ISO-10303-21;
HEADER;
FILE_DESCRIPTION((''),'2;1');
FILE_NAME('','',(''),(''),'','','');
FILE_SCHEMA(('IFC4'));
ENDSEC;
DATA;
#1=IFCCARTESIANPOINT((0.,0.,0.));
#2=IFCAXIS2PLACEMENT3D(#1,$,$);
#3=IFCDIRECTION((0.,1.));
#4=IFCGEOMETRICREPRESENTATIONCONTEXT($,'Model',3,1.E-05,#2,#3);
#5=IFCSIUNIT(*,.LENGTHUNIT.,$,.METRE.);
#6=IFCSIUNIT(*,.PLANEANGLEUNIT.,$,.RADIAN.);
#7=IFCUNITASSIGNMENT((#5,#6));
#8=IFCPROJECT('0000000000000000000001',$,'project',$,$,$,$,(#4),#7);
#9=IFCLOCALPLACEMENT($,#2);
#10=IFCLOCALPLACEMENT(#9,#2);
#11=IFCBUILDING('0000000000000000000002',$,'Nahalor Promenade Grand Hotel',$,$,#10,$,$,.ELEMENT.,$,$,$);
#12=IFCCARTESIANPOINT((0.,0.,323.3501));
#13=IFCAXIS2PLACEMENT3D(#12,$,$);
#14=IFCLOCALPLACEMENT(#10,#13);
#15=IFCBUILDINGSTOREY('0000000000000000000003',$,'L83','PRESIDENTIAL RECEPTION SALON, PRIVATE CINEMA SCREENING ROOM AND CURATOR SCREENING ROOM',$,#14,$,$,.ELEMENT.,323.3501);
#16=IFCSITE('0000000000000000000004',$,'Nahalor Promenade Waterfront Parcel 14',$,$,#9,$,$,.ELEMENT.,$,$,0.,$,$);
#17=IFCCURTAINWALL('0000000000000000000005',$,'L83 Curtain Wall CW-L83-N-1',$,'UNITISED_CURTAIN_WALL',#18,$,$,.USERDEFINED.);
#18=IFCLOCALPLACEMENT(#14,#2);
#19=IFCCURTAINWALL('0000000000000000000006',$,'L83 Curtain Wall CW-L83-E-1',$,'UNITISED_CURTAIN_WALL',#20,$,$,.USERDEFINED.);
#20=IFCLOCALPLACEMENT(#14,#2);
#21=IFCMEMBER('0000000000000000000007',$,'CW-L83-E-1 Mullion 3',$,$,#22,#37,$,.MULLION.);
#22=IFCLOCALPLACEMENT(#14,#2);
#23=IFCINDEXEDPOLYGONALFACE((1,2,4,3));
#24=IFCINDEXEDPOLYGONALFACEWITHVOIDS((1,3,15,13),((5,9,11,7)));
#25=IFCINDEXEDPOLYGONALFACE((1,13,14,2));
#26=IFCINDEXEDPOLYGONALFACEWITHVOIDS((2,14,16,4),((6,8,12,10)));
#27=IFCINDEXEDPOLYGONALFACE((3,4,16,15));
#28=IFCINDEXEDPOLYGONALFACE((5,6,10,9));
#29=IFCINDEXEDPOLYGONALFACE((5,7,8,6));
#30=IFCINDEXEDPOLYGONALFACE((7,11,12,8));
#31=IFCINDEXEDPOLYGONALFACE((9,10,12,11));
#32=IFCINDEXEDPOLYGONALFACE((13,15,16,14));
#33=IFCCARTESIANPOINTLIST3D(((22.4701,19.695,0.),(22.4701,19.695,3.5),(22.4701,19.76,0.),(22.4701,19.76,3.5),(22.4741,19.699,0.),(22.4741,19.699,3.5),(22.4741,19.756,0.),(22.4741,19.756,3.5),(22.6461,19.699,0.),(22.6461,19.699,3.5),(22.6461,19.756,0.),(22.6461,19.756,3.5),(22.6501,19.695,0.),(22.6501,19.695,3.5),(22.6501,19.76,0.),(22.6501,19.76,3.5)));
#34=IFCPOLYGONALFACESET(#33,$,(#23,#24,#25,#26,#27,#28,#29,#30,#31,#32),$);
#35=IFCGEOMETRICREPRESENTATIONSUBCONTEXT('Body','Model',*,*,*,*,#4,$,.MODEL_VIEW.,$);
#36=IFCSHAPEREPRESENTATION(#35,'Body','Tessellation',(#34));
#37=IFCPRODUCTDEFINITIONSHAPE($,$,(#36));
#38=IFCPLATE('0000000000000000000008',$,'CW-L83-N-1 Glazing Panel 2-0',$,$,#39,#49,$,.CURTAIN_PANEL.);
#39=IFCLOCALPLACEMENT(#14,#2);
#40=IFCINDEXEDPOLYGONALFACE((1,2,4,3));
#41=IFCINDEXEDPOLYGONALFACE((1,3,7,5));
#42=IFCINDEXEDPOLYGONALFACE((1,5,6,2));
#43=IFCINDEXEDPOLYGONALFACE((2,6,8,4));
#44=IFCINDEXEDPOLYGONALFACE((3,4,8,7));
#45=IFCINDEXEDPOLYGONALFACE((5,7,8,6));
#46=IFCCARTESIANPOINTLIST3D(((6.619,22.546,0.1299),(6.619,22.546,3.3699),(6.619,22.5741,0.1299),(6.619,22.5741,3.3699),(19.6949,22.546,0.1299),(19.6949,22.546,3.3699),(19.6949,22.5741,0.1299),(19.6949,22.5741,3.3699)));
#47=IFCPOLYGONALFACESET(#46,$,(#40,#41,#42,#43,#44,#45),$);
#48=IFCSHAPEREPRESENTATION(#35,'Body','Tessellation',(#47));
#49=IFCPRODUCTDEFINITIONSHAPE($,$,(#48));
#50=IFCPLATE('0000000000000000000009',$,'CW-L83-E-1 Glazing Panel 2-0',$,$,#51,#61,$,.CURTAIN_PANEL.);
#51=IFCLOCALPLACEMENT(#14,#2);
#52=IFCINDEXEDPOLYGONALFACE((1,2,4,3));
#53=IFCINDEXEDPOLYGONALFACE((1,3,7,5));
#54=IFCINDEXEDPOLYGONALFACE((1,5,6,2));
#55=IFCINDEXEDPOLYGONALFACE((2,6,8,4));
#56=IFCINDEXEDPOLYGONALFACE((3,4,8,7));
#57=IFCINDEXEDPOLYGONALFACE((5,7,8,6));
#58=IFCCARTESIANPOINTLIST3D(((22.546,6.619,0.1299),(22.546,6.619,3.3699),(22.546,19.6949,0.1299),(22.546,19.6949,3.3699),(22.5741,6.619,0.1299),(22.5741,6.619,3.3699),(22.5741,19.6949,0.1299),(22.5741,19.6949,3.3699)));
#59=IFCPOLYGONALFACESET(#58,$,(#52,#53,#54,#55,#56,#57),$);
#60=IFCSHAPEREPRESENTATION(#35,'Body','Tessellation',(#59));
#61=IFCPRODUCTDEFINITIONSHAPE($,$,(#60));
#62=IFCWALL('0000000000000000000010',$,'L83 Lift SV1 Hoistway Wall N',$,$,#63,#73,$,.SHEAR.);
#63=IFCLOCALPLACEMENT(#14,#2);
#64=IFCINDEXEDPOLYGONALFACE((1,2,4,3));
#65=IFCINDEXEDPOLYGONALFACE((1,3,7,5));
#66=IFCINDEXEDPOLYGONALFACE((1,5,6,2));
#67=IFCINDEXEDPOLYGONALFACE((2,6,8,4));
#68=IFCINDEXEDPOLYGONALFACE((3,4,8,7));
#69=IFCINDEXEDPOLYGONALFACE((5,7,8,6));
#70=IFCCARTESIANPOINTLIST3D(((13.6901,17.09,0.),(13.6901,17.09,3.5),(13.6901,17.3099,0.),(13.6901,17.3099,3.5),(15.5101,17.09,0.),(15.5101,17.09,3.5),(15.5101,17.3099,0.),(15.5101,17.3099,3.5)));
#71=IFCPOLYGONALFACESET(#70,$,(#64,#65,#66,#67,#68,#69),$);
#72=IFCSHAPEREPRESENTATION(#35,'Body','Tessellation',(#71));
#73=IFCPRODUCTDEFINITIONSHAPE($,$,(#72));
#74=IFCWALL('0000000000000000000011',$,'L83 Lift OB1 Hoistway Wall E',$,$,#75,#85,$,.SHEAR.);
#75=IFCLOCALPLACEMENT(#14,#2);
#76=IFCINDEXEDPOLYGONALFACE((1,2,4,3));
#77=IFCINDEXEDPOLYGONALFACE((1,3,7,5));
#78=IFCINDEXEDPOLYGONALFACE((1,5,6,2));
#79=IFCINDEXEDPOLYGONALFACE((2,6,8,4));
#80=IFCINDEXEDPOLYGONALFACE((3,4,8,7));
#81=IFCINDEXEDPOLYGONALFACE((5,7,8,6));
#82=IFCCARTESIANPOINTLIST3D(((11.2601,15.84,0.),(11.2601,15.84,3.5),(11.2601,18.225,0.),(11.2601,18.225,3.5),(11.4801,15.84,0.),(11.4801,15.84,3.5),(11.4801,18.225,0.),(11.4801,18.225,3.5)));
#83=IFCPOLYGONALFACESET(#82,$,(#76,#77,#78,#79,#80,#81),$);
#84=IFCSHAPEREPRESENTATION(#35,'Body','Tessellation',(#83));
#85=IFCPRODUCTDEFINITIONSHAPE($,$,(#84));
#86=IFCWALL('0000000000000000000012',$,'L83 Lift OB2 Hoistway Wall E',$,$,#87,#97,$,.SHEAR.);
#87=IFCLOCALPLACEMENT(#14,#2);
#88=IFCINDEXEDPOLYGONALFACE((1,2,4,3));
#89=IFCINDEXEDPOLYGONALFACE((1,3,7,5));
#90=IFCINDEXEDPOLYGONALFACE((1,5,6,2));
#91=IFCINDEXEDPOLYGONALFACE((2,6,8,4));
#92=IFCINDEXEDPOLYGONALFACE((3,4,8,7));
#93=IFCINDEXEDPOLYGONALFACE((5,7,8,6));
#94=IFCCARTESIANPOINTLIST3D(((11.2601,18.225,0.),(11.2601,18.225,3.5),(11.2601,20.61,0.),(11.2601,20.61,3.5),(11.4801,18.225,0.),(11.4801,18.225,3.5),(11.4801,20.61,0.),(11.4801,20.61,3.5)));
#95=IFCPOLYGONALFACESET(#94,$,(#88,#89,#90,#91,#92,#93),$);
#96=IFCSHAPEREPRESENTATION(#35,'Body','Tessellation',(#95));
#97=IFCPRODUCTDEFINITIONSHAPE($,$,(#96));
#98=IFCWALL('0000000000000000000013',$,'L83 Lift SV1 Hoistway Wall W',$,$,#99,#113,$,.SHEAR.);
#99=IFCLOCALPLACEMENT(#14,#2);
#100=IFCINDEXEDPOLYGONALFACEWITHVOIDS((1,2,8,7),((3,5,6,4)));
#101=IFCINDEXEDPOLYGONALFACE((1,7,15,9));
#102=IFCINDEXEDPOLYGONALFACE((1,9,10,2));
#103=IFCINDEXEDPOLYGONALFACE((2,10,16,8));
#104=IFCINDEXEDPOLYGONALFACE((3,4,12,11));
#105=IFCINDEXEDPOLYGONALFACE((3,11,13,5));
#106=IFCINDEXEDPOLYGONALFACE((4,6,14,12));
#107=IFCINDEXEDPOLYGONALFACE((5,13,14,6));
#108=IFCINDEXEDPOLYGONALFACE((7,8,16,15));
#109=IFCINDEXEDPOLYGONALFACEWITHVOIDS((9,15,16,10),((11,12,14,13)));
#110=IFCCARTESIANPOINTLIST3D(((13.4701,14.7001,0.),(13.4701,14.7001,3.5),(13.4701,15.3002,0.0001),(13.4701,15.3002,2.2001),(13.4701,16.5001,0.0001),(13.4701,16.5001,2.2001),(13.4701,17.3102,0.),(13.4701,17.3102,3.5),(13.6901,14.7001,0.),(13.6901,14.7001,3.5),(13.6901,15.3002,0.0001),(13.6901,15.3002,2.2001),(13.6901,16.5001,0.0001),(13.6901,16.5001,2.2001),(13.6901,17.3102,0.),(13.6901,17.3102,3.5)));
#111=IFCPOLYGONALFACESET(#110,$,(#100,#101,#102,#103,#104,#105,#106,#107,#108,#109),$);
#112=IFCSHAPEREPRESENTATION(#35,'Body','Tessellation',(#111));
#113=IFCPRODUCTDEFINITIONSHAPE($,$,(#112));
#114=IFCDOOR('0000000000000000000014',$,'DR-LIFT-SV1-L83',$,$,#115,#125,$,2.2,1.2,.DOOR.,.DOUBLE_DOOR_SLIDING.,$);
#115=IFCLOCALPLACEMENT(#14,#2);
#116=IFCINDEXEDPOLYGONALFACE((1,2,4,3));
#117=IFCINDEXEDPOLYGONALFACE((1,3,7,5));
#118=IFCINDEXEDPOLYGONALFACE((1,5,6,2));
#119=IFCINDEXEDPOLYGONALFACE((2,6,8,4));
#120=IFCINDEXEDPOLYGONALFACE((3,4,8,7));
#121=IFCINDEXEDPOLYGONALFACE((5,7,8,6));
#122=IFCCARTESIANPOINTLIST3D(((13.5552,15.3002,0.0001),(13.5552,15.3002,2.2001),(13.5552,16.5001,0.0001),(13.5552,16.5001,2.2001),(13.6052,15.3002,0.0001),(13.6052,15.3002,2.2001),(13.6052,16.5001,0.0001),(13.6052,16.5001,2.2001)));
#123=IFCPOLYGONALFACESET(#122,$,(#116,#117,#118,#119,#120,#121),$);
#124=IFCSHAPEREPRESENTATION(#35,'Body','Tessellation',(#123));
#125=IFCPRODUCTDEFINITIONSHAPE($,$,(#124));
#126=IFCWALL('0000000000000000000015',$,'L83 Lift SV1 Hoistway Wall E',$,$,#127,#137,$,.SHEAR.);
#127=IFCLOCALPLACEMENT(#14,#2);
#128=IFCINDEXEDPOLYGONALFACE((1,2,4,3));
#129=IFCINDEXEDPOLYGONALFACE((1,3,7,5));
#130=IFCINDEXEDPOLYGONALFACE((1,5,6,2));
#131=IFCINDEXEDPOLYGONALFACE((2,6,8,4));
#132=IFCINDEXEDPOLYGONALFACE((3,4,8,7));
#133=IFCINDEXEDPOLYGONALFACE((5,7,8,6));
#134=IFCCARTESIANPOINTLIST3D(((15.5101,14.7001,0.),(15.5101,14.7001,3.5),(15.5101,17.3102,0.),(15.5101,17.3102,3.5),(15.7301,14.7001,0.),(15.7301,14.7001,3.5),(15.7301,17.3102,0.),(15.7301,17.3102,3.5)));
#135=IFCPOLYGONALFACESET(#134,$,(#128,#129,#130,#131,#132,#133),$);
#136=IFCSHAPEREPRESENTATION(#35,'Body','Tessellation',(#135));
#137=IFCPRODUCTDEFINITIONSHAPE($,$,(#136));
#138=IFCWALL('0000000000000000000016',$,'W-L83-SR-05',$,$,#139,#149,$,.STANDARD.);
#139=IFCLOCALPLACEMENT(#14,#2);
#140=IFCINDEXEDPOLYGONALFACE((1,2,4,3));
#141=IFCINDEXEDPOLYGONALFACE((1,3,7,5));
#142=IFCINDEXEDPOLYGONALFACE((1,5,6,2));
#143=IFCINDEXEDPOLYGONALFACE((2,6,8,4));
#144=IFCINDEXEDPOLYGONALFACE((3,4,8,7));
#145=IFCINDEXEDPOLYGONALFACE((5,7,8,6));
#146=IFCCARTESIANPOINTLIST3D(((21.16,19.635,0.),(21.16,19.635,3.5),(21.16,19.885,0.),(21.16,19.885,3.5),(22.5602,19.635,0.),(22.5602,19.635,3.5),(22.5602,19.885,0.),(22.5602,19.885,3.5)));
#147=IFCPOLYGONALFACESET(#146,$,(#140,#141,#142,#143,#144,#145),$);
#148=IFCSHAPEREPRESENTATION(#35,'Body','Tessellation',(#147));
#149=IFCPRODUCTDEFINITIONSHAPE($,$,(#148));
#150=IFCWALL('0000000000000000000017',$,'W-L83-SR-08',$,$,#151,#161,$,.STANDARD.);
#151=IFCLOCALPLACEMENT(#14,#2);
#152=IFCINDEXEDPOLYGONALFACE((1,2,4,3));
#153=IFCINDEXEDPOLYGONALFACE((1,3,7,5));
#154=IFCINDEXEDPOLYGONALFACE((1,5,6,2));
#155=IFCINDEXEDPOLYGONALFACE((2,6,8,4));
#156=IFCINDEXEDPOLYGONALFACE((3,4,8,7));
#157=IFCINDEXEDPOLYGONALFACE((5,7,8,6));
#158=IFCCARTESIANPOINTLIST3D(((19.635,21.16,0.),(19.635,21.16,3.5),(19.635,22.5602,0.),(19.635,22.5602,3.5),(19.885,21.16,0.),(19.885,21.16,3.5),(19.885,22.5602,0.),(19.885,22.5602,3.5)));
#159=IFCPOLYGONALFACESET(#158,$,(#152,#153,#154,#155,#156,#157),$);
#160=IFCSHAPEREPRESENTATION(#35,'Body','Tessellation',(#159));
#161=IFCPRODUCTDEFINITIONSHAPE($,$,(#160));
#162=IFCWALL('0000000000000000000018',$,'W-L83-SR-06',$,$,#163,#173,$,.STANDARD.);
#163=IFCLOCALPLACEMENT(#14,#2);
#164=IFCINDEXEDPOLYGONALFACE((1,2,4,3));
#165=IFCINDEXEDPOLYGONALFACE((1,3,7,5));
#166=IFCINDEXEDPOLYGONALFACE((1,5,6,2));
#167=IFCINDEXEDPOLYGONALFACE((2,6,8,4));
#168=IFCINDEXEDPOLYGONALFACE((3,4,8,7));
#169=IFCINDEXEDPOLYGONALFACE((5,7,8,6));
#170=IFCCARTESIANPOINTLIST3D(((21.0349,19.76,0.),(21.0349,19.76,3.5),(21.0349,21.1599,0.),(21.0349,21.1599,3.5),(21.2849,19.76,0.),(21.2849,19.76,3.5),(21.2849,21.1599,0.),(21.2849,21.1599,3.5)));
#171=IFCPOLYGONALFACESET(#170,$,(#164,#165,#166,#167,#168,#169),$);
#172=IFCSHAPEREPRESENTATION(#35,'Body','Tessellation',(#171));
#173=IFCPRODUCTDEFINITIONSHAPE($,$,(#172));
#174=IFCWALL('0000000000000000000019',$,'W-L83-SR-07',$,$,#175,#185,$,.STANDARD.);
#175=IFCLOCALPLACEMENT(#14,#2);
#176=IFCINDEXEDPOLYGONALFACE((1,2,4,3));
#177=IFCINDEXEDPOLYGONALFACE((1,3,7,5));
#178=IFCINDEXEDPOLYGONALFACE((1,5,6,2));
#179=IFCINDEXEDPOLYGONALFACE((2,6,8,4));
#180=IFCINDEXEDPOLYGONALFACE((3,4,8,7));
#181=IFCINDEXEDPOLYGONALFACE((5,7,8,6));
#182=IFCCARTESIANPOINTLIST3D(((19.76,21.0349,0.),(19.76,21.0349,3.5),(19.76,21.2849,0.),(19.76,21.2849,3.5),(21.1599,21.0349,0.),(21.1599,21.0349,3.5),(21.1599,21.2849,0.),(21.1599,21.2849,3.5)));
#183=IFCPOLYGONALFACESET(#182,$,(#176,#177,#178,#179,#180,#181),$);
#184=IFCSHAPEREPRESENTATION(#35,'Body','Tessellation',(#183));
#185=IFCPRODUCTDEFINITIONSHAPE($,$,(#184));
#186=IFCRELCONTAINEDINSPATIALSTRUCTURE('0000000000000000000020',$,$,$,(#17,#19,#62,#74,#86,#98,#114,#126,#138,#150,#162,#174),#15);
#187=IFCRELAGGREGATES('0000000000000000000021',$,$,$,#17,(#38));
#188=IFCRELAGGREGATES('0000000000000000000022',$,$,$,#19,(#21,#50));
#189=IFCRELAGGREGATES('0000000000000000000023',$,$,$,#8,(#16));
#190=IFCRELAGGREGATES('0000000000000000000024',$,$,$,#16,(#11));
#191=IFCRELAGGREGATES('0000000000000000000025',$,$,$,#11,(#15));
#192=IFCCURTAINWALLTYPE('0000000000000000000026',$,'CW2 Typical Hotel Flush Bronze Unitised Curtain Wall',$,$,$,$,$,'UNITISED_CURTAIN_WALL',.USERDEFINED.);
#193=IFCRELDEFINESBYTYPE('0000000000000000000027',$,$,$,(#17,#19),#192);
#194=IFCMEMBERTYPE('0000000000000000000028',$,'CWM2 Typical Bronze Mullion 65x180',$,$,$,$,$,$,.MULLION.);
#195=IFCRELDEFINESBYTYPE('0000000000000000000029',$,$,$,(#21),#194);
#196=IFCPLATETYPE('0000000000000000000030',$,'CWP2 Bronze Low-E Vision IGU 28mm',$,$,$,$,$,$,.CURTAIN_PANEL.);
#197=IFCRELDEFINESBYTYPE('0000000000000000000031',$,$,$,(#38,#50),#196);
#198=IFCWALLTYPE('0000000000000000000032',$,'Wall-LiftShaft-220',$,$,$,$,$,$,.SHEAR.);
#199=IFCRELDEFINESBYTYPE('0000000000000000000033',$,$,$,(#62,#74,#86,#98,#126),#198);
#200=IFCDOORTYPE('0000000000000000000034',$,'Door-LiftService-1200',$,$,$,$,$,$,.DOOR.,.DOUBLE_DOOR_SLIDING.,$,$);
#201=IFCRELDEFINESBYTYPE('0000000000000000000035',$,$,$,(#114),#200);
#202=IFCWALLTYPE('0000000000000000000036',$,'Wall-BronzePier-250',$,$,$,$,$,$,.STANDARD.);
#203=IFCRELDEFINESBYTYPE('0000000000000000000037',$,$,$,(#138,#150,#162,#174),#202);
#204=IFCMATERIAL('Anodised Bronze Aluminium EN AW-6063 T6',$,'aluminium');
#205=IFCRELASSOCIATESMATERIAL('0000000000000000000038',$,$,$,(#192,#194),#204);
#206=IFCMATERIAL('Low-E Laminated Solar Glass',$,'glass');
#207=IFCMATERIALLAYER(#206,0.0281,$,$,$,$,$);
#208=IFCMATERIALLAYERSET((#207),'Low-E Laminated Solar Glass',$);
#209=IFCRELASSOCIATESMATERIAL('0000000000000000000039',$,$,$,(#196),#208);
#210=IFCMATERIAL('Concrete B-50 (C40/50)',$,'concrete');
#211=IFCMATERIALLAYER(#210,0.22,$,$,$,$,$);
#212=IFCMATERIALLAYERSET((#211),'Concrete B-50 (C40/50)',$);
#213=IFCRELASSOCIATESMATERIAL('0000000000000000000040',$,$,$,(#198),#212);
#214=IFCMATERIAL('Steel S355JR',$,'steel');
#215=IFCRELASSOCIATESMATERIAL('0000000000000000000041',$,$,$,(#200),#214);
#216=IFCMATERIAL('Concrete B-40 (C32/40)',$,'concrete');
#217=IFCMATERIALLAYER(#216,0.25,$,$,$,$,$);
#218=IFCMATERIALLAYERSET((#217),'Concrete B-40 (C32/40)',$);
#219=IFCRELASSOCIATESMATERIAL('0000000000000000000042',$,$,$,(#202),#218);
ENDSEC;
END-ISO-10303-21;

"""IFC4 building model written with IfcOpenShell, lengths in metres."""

from ifc_helpers import new_model, si_unit, direction, frame, frame_2d, origin, origin_2d, place, context, subcontext, project, spatial, rectangle, hollow_rectangle, extrude, source, transform, mapped, material, layer, layer_set, material_profile, profile_set, type_object, element, fill, aggregate, save


model = new_model("IFC4")

# Units and contexts
model_context = context("Model", 3, precision=1e-05, world=origin(), true_north=direction((0.0, 1.0)))
body_context = subcontext(model_context, "Body", "Model", "MODEL_VIEW")
ifc_project = project(units=[si_unit("LENGTHUNIT", "METRE"), si_unit("PLANEANGLEUNIT", "RADIAN")], contexts=[model_context])

# Site, building, storey
site_placement = place(None, origin())
site = spatial("IfcSite", under=ifc_project, at=site_placement, Name="Nahalor Promenade Waterfront Parcel 14", CompositionType="ELEMENT", RefElevation=0.0)
building_placement = place(site_placement, origin())
building = spatial("IfcBuilding", under=site, at=building_placement, Name="Nahalor Promenade Grand Hotel", CompositionType="ELEMENT")
storey_placement = place(building_placement, frame((0.0, 0.0, 323.3501)))
storey = spatial("IfcBuildingStorey", under=building, at=storey_placement, Name="L83", Description="PRESIDENTIAL RECEPTION SALON, PRIVATE CINEMA SCREENING ROOM AND CURATOR SCREENING ROOM", CompositionType="ELEMENT", Elevation=323.3501)

# Shared definitions
ifc_material_1 = material(Name="Concrete B-50 (C40/50)", Category="concrete")
ifc_material_2 = material(Name="Steel S355JR", Category="steel")

# Curtain walls, member
ifc_material_3 = material(Name="Anodised Bronze Aluminium EN AW-6063 T6", Category="aluminium")
curtain_wall_type = type_object("IfcCurtainWallType", Name="CW2 Typical Hotel Flush Bronze Unitised Curtain Wall", ElementType="UNITISED_CURTAIN_WALL", PredefinedType="USERDEFINED", material=ifc_material_3)
curtain_wall_1_placement = place(storey_placement, origin())
curtain_wall_1 = element("IfcCurtainWall", 1, at=curtain_wall_1_placement, inside=storey, type_object=curtain_wall_type, Name="L83 Curtain Wall CW-L83-N-1", ObjectType="UNITISED_CURTAIN_WALL", PredefinedType="USERDEFINED")
ifc_material_profile_1 = material_profile(ifc_material_3, hollow_rectangle(XDim=0.065, YDim=0.18, WallThickness=0.004, at=origin_2d()), Name="CWM 65x180x4")
ifc_profile_set_1 = profile_set([ifc_material_profile_1], Name="Anodised Bronze Aluminium EN AW-6063 T6")
member_type = type_object("IfcMemberType", Name="CWM2 Typical Bronze Mullion 65x180", PredefinedType="MULLION", material=ifc_profile_set_1)
shared_shape_1 = source(origin(), body_context, "Body", "SweptSolid", [
    extrude(hollow_rectangle(XDim=0.065, YDim=0.18, WallThickness=0.004, at=origin_2d()), origin(), (0.0, 0.0, 1.0), 3.5),
])
curtain_wall_2_placement = place(storey_placement, origin())
curtain_wall_2 = element("IfcCurtainWall", 2, at=curtain_wall_2_placement, inside=storey, type_object=curtain_wall_type, Name="L83 Curtain Wall CW-L83-E-1", ObjectType="UNITISED_CURTAIN_WALL", PredefinedType="USERDEFINED")
member_1_placement = place(storey_placement, frame((22.5601, 19.7275, 0.0), z_axis=(0.0, 0.0, 1.0), x_axis=(0.0, 1.0, 0.0)))
member_1 = element("IfcMember", 3, at=member_1_placement, type_object=member_type, Name="CW-L83-E-1 Mullion 3", PredefinedType="MULLION", context=body_context, shape_type="MappedRepresentation", body=[
    mapped(shared_shape_1, transform((0.0, 0.0, 0.0), scale=1.0)),
])

# Plates
ifc_material_4 = material(Name="Low-E Laminated Solar Glass", Category="glass")
ifc_layer_1 = layer(ifc_material_4, 0.0281)
ifc_layer_set_1 = layer_set([ifc_layer_1], Name="Low-E Laminated Solar Glass")
plate_type = type_object("IfcPlateType", Name="CWP2 Bronze Low-E Vision IGU 28mm", PredefinedType="CURTAIN_PANEL", material=ifc_layer_set_1)
shared_shape_2 = source(origin(), body_context, "Body", "SweptSolid", [
    extrude(rectangle(XDim=13.0759, YDim=0.0281, at=origin_2d()), origin(), (0.0, 0.0, 1.0), 3.24),
])
plate_1_placement = place(storey_placement, frame((13.157, 22.5601, 0.1299), z_axis=(0.0, 0.0, 1.0), x_axis=(1.0, 0.0, 0.0)))
plate_1 = element("IfcPlate", 4, at=plate_1_placement, type_object=plate_type, Name="CW-L83-N-1 Glazing Panel 2-0", PredefinedType="CURTAIN_PANEL", context=body_context, shape_type="MappedRepresentation", body=[
    mapped(shared_shape_2, transform((0.0, 0.0, 0.0), scale=1.0)),
])
aggregate(curtain_wall_1, [plate_1])
plate_2_placement = place(storey_placement, frame((22.5601, 13.157, 0.1299), z_axis=(0.0, 0.0, 1.0), x_axis=(0.0, 1.0, 0.0)))
plate_2 = element("IfcPlate", 5, at=plate_2_placement, type_object=plate_type, Name="CW-L83-E-1 Glazing Panel 2-0", PredefinedType="CURTAIN_PANEL", context=body_context, shape_type="MappedRepresentation", body=[
    mapped(shared_shape_2, transform((0.0, 0.0, 0.0), scale=1.0)),
])
aggregate(curtain_wall_2, [member_1, plate_2])

# Walls
ifc_layer_2 = layer(ifc_material_1, 0.22)
ifc_layer_set_2 = layer_set([ifc_layer_2], Name="Concrete B-50 (C40/50)")
wall_type_1 = type_object("IfcWallType", Name="Wall-LiftShaft-220", PredefinedType="SHEAR", material=ifc_layer_set_2)
shared_shape_3 = source(origin(), body_context, "Body", "SweptSolid", [
    extrude(rectangle(XDim=1.8201, YDim=0.22, at=frame_2d((0.9102, 0.0))), origin(), (0.0, 0.0, 1.0), 3.5),
])
wall_1_placement = place(storey_placement, frame((13.6899, 17.2, 0.0), z_axis=(0.0, 0.0, 1.0), x_axis=(1.0, 0.0, 0.0)))
element("IfcWall", 6, at=wall_1_placement, inside=storey, type_object=wall_type_1, Name="L83 Lift SV1 Hoistway Wall N", PredefinedType="SHEAR", context=body_context, shape_type="MappedRepresentation", body=[
    mapped(shared_shape_3, transform((0.0, 0.0, 0.0), scale=1.0)),
])
shared_shape_4 = source(origin(), body_context, "Body", "SweptSolid", [
    extrude(rectangle(XDim=2.385, YDim=0.22, at=frame_2d((1.1924, 0.0))), origin(), (0.0, 0.0, 1.0), 3.5),
])
for number, where, z_axis, x_axis, name in (
    (7, (11.3701, 15.8401, 0.0), (0.0, 0.0, 1.0), (0.0, 1.0, 0.0), "L83 Lift OB1 Hoistway Wall E"),
    (8, (11.3701, 18.2251, 0.0), (0.0, 0.0, 1.0), (0.0, 1.0, 0.0), "L83 Lift OB2 Hoistway Wall E"),
):
    element("IfcWall", number, at=place(storey_placement, frame(where, z_axis=z_axis, x_axis=x_axis)), inside=storey, type_object=wall_type_1, Name=name, PredefinedType="SHEAR", context=body_context, shape_type="MappedRepresentation", body=[
        mapped(shared_shape_4, transform((0.0, 0.0, 0.0), scale=1.0)),
    ])

# Wall, opening, door
shared_shape_5 = source(origin(), body_context, "Body", "SweptSolid", [
    extrude(rectangle(XDim=2.6101, YDim=0.22, at=frame_2d((1.3052, 0.0))), origin(), (0.0, 0.0, 1.0), 3.5),
])
wall_2_placement = place(storey_placement, frame((13.5801, 14.7, 0.0), z_axis=(0.0, 0.0, 1.0), x_axis=(0.0, 1.0, 0.0)))
wall_2 = element("IfcWall", 9, at=wall_2_placement, inside=storey, type_object=wall_type_1, Name="L83 Lift SV1 Hoistway Wall W", PredefinedType="SHEAR", context=body_context, shape_type="MappedRepresentation", body=[
    mapped(shared_shape_5, transform((0.0, 0.0, 0.0), scale=1.0)),
])
opening_1_placement = place(wall_2_placement, frame((0.6001, 0.0, 0.0)))
opening_1 = element("IfcOpeningElement", 10, at=opening_1_placement, cuts=wall_2, PredefinedType="OPENING", context=body_context, shape_type="SweptSolid", body=[
    extrude(rectangle(XDim=1.2, YDim=2.2, at=frame_2d((0.6001, 1.1001))), frame((0.0, 0.1199, 0.0), z_axis=(0.0, -1.0, 0.0), x_axis=(1.0, 0.0, 0.0)), (0.0, 0.0, 1.0), 0.24),
])
door_type_1 = type_object("IfcDoorType", Name="Door-LiftService-1200", OperationType="DOUBLE_DOOR_SLIDING", PredefinedType="DOOR", material=ifc_material_2)
shared_shape_6 = source(origin(), body_context, "Body", "SweptSolid", [
    extrude(rectangle(XDim=1.2, YDim=2.2, at=frame_2d((0.6001, 1.1001))), frame((0.0, 0.0249, 0.0), z_axis=(0.0, -1.0, 0.0), x_axis=(1.0, 0.0, 0.0)), (0.0, 0.0, 1.0), 0.05),
])
door_1_placement = place(opening_1_placement, origin())
door_1 = element("IfcDoor", 11, at=door_1_placement, inside=storey, type_object=door_type_1, Name="DR-LIFT-SV1-L83", OperationType="DOUBLE_DOOR_SLIDING", OverallHeight=2.2, OverallWidth=1.2, PredefinedType="DOOR", context=body_context, shape_type="MappedRepresentation", body=[
    mapped(shared_shape_6, transform((0.0, 0.0, 0.0), scale=1.0)),
])
fill(opening_1, door_1)

# Walls
wall_3_placement = place(storey_placement, frame((15.6201, 14.7, 0.0), z_axis=(0.0, 0.0, 1.0), x_axis=(0.0, 1.0, 0.0)))
element("IfcWall", 12, at=wall_3_placement, inside=storey, type_object=wall_type_1, Name="L83 Lift SV1 Hoistway Wall E", PredefinedType="SHEAR", context=body_context, shape_type="MappedRepresentation", body=[
    mapped(shared_shape_5, transform((0.0, 0.0, 0.0), scale=1.0)),
])
ifc_material_5 = material(Name="Concrete B-40 (C32/40)", Category="concrete")
ifc_layer_3 = layer(ifc_material_5, 0.25)
ifc_layer_set_3 = layer_set([ifc_layer_3], Name="Concrete B-40 (C32/40)")
wall_type_2 = type_object("IfcWallType", Name="Wall-BronzePier-250", PredefinedType="STANDARD", material=ifc_layer_set_3)
shared_shape_7 = source(origin(), body_context, "Body", "SweptSolid", [
    extrude(rectangle(XDim=1.4001, YDim=0.25, at=frame_2d((0.7002, 0.0))), origin(), (0.0, 0.0, 1.0), 3.5),
])
for number, where, z_axis, x_axis, name in (
    (13, (21.1599, 19.76, 0.0), (0.0, 0.0, 1.0), (1.0, 0.0, 0.0), "W-L83-SR-05"),
    (14, (19.76, 21.1599, 0.0), (0.0, 0.0, 1.0), (0.0, 1.0, 0.0), "W-L83-SR-08"),
):
    element("IfcWall", number, at=place(storey_placement, frame(where, z_axis=z_axis, x_axis=x_axis)), inside=storey, type_object=wall_type_2, Name=name, PredefinedType="STANDARD", context=body_context, shape_type="MappedRepresentation", body=[
        mapped(shared_shape_7, transform((0.0, 0.0, 0.0), scale=1.0)),
    ])
shared_shape_8 = source(origin(), body_context, "Body", "SweptSolid", [
    extrude(rectangle(XDim=1.3999, YDim=0.25, at=frame_2d((0.7, 0.0))), origin(), (0.0, 0.0, 1.0), 3.5),
])
for number, where, z_axis, x_axis, name in (
    (15, (21.1599, 19.76, 0.0), (0.0, 0.0, 1.0), (0.0, 1.0, 0.0), "W-L83-SR-06"),
    (16, (19.76, 21.1599, 0.0), (0.0, 0.0, 1.0), (1.0, 0.0, 0.0), "W-L83-SR-07"),
):
    element("IfcWall", number, at=place(storey_placement, frame(where, z_axis=z_axis, x_axis=x_axis)), inside=storey, type_object=wall_type_2, Name=name, PredefinedType="STANDARD", context=body_context, shape_type="MappedRepresentation", body=[
        mapped(shared_shape_8, transform((0.0, 0.0, 0.0), scale=1.0)),
    ])

save(model, "model.ifc")
